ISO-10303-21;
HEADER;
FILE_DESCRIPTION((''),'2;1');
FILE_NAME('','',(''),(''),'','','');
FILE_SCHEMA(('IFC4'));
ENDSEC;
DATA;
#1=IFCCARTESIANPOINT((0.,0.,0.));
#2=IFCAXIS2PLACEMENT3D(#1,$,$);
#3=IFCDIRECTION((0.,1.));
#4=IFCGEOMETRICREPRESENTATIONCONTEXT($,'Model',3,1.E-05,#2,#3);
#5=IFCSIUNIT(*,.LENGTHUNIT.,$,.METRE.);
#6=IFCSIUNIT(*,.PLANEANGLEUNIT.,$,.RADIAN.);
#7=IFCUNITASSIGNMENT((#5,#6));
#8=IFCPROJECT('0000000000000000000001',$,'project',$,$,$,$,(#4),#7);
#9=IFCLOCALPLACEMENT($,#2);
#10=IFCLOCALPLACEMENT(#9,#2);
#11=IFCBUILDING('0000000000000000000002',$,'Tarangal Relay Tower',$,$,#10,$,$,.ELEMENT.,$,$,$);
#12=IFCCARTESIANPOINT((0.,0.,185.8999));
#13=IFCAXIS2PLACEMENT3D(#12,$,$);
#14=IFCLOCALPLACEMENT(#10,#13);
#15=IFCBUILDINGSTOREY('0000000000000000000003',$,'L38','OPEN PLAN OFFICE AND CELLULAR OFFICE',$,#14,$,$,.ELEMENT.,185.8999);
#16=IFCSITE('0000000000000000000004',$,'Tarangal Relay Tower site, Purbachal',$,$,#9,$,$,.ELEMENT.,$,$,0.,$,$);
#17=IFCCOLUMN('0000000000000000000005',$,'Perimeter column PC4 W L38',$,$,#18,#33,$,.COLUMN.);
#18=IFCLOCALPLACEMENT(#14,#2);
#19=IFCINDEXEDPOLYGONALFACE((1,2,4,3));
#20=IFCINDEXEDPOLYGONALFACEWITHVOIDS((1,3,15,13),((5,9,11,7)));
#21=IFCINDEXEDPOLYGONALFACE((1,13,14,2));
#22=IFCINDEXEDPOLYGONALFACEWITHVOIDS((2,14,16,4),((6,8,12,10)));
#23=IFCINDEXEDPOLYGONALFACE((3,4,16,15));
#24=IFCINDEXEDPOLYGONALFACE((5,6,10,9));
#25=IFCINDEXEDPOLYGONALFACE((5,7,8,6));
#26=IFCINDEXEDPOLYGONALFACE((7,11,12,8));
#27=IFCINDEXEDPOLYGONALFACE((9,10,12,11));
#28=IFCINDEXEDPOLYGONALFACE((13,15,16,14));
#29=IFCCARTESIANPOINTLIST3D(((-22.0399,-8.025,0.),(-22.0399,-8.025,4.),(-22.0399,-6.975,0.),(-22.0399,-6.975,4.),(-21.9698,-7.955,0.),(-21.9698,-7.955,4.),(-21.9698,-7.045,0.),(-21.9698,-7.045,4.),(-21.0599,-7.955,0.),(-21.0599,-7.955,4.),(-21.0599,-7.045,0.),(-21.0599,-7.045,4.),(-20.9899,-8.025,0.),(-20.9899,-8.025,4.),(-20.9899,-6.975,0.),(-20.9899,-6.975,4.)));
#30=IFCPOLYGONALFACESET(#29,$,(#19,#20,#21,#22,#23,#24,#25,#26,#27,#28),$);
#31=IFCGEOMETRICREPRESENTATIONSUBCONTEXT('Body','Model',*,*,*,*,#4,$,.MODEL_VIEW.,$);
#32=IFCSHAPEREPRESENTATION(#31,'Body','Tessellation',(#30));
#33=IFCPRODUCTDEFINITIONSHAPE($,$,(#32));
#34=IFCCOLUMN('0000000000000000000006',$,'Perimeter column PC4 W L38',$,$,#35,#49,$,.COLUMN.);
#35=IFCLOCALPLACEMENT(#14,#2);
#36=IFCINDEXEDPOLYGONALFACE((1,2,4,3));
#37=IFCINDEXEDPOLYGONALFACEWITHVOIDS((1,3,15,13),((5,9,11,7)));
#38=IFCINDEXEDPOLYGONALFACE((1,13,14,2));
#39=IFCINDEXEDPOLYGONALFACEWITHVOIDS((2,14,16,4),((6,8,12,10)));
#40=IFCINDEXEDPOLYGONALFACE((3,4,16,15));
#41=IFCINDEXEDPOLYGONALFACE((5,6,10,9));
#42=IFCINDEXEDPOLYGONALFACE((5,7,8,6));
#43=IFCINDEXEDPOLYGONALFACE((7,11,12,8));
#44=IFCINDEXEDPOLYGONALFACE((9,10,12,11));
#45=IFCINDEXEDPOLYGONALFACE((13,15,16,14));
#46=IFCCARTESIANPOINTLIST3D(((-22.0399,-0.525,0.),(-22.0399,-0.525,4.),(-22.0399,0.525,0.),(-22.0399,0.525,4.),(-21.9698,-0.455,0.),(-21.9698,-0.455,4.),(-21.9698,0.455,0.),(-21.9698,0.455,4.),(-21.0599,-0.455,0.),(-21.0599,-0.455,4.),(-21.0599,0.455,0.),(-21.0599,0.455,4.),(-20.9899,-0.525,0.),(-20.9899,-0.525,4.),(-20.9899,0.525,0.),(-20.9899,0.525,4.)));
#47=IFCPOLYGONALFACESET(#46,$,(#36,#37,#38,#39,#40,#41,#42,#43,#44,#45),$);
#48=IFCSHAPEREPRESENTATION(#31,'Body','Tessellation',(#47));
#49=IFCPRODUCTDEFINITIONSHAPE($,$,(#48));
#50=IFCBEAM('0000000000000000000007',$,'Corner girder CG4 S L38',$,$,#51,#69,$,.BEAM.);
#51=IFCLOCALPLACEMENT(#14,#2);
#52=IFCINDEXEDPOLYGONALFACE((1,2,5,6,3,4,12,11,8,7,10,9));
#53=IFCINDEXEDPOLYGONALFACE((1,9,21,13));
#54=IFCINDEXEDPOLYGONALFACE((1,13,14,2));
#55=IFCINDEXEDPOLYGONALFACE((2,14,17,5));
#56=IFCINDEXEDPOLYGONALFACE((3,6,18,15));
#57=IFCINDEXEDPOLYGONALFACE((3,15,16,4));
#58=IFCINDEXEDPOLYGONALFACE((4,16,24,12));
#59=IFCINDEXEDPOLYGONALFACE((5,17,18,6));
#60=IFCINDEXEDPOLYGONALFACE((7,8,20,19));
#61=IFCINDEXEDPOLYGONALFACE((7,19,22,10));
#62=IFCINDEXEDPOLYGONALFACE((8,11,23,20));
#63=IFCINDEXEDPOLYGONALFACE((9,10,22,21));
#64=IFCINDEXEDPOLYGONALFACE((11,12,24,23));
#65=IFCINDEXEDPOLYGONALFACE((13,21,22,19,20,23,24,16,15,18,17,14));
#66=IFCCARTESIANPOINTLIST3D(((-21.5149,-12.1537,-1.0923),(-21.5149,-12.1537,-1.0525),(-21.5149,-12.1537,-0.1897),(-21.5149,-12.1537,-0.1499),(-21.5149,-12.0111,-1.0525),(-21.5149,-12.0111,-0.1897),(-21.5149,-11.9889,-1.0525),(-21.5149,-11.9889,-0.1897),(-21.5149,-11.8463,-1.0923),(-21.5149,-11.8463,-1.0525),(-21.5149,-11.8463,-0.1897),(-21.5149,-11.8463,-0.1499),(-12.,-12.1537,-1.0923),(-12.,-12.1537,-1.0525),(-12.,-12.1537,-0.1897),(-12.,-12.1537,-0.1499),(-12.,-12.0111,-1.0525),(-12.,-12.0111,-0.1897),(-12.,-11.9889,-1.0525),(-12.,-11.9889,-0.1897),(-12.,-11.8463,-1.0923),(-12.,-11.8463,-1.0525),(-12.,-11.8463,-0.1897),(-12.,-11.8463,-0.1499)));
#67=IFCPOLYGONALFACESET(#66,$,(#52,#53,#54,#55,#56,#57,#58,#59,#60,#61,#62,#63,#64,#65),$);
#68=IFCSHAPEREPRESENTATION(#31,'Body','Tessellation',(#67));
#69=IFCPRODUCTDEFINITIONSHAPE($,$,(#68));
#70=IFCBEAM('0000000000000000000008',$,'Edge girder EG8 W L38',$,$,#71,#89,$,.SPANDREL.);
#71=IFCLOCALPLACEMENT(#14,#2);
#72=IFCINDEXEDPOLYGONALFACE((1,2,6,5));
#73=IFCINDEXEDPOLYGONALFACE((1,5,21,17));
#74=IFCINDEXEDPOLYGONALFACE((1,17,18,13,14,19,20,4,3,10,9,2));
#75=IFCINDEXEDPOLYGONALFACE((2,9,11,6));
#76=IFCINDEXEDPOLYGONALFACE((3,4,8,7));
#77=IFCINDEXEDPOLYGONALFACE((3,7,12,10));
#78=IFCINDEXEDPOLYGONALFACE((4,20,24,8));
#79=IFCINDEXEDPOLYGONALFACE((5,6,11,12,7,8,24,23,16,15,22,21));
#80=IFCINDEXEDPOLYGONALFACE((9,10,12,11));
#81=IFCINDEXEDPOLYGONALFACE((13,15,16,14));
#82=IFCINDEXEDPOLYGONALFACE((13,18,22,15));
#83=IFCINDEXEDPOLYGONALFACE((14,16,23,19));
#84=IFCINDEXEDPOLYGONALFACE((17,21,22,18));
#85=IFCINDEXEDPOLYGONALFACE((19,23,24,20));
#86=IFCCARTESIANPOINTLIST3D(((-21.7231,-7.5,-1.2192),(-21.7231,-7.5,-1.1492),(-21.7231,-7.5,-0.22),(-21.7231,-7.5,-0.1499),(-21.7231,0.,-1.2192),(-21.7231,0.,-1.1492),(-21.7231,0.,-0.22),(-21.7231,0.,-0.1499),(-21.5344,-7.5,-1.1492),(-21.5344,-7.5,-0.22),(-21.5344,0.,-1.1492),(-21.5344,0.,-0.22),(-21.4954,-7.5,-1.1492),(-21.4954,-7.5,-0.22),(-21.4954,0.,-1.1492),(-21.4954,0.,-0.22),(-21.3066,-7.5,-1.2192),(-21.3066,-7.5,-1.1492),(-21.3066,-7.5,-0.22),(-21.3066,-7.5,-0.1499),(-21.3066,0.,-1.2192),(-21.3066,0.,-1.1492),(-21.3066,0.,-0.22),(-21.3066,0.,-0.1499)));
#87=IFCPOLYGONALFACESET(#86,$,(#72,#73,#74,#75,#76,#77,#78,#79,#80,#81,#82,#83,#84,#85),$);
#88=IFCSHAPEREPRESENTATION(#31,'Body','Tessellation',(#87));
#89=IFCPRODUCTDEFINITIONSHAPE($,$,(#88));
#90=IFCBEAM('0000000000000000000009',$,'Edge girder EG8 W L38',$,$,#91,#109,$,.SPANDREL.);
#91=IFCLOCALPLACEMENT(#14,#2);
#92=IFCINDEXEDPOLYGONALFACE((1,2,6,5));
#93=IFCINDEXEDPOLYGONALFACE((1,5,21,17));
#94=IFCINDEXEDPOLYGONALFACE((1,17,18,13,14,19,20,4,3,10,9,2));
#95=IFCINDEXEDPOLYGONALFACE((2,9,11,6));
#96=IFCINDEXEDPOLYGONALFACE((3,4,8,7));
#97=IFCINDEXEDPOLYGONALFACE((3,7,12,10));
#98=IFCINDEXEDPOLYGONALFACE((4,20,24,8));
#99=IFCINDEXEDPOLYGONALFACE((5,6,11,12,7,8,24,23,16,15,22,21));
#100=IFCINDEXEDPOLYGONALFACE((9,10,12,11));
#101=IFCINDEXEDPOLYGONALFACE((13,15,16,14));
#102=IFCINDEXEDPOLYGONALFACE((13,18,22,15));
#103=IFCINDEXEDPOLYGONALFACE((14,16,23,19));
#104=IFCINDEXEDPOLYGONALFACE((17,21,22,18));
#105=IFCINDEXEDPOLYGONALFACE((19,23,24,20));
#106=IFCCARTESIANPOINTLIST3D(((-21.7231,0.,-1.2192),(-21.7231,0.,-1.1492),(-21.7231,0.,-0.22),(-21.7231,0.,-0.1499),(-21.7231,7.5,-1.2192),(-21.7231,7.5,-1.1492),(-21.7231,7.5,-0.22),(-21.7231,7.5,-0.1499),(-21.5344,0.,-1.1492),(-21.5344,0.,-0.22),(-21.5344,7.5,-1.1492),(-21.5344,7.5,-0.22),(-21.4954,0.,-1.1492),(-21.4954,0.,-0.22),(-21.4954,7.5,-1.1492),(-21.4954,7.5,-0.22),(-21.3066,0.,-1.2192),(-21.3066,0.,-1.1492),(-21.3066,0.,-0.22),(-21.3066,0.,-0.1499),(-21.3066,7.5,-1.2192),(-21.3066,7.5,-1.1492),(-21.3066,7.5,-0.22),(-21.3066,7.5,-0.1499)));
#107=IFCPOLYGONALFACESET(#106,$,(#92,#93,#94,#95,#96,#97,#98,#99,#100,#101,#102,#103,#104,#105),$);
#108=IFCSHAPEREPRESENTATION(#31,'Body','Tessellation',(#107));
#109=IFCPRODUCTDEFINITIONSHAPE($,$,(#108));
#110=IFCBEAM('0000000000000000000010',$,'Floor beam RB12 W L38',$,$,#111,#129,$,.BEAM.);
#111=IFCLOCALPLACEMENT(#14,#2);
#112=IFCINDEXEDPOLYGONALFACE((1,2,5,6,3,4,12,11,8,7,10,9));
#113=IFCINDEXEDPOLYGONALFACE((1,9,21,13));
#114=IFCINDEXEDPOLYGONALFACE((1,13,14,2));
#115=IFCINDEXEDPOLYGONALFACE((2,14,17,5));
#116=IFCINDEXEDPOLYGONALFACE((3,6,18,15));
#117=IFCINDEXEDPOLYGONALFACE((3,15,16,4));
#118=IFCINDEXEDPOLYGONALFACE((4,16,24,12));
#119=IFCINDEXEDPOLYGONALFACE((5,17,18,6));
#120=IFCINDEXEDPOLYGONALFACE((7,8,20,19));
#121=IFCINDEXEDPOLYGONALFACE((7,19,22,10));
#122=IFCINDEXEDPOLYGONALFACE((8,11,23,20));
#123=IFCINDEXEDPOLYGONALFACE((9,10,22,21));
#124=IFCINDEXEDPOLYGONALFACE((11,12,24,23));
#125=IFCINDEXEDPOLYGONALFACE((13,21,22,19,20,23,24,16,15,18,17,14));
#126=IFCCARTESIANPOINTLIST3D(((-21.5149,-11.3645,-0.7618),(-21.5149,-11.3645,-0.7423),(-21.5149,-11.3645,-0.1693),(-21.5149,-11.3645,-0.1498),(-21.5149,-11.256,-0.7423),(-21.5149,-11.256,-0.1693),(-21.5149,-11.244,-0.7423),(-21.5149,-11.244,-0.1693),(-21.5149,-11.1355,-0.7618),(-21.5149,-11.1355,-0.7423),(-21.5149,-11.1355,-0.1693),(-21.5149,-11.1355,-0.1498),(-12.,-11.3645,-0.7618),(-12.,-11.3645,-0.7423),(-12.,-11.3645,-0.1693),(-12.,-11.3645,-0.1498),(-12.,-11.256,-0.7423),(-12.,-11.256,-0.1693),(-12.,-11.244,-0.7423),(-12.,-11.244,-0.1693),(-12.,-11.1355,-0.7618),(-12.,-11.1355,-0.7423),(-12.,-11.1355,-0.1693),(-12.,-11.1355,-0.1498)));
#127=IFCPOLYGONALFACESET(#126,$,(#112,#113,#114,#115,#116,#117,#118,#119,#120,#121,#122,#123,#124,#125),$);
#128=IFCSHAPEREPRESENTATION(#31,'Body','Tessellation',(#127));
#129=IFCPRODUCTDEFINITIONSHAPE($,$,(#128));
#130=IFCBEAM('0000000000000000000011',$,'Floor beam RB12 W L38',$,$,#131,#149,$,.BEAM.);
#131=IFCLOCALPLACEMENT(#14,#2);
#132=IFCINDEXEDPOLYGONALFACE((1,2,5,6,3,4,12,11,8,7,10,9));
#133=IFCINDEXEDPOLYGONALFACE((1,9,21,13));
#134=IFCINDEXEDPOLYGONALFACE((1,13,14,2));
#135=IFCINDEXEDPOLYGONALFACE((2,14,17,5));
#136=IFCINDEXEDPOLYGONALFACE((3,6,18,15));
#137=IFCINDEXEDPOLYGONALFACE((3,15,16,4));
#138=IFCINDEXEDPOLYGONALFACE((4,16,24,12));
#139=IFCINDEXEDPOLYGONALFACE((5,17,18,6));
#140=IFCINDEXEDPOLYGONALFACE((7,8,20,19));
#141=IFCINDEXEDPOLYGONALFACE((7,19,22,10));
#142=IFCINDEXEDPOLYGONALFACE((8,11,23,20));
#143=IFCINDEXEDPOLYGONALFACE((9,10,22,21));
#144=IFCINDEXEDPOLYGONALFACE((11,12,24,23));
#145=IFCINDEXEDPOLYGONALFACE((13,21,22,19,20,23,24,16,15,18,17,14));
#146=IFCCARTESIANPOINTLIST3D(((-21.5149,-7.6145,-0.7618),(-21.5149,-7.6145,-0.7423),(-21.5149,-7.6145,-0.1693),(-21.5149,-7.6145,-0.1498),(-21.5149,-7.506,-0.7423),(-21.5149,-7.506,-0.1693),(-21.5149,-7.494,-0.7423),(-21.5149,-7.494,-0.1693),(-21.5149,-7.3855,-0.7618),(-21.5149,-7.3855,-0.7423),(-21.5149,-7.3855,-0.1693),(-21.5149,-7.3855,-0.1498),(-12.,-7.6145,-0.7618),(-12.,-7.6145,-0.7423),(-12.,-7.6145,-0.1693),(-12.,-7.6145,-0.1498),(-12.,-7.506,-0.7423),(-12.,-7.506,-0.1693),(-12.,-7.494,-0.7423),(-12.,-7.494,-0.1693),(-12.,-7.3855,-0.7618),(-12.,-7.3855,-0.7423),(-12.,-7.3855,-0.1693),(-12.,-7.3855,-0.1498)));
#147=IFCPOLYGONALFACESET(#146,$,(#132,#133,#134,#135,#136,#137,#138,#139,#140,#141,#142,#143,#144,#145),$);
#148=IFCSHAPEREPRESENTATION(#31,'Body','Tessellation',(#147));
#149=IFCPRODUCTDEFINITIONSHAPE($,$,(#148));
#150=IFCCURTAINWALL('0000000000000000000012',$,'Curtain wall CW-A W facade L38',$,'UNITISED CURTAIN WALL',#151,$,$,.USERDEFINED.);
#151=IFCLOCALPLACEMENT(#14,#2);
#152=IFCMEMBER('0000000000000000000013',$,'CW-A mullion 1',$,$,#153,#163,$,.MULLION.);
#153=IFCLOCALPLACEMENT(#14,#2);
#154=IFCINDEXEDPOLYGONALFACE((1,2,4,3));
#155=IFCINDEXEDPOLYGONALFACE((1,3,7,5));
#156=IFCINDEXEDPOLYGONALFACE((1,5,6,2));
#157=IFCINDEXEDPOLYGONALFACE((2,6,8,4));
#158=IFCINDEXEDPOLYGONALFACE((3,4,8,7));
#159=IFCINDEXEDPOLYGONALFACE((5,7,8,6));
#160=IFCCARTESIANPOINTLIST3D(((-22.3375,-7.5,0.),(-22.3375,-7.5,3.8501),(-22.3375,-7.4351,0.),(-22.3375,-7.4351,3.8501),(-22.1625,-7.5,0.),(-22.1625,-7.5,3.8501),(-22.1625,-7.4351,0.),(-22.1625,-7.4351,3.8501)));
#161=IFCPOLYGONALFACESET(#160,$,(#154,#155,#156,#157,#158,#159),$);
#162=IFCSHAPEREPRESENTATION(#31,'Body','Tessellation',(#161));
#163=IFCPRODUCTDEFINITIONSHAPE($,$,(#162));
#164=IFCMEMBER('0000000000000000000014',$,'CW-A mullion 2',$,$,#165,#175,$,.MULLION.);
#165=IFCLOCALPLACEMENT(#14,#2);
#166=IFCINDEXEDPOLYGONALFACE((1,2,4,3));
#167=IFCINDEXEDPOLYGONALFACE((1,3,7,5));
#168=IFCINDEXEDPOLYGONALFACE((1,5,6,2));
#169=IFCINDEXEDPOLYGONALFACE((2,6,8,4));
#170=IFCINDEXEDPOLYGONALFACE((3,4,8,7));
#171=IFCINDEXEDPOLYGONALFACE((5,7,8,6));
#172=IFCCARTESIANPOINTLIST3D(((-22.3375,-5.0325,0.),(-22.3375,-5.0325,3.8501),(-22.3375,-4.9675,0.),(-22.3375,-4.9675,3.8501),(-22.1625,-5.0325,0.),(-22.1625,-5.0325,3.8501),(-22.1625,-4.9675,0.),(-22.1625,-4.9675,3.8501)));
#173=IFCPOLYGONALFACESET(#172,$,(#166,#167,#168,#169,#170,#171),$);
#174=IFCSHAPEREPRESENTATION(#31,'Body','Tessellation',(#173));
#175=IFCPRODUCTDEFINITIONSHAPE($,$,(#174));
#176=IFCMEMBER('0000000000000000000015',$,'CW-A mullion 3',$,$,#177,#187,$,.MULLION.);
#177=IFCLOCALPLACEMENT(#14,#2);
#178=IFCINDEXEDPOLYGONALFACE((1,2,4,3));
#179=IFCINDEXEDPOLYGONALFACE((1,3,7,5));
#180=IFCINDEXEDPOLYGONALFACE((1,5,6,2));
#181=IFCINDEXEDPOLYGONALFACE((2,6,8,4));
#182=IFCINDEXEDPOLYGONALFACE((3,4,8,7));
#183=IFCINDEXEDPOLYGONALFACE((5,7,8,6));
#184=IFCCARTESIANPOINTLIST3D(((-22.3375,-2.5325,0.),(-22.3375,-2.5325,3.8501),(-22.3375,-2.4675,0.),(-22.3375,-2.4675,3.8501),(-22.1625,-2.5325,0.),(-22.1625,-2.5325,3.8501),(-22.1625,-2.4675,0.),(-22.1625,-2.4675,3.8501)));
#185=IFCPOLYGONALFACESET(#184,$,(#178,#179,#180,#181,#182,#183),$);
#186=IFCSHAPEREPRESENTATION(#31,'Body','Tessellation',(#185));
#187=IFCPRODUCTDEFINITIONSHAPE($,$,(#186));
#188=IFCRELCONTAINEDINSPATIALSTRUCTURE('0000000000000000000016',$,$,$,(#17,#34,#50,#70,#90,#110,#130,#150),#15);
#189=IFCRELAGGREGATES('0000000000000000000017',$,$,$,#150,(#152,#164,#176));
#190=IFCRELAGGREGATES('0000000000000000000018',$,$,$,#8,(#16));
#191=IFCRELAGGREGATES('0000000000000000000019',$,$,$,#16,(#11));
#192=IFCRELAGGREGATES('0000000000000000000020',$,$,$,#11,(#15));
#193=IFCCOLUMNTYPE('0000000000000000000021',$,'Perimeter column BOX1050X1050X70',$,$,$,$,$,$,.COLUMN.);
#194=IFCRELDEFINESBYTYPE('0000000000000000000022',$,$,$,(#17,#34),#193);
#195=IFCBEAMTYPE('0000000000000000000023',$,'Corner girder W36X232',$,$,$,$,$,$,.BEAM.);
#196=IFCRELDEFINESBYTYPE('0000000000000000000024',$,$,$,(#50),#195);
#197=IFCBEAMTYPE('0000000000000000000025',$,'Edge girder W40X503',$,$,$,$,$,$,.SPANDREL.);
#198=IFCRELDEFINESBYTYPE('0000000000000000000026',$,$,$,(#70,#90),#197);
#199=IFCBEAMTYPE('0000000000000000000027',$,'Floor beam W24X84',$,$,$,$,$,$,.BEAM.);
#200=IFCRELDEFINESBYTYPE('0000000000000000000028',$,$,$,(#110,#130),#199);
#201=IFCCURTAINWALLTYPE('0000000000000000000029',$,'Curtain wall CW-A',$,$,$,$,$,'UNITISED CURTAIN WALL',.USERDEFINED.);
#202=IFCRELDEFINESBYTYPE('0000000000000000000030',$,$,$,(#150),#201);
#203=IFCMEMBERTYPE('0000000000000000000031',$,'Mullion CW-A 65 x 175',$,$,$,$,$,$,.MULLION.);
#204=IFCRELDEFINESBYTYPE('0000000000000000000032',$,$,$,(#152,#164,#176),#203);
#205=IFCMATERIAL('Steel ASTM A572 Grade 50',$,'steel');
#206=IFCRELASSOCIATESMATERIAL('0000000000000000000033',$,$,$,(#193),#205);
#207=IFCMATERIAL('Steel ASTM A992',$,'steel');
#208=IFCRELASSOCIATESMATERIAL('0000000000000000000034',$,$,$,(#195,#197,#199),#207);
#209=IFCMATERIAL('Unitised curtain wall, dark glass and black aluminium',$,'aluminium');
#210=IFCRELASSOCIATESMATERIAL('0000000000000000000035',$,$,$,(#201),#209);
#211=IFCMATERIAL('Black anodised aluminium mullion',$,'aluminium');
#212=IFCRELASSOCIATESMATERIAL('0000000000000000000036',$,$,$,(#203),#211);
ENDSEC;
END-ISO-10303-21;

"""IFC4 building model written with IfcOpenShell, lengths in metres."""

from ifc_helpers import new_model, si_unit, direction, frame, origin, origin_2d, place, context, subcontext, project, spatial, rectangle, hollow_rectangle, i_section, extrude, material, material_profile, profile_set, type_object, element, aggregate, save


model = new_model("IFC4")

# Units and contexts
model_context = context("Model", 3, precision=1e-05, world=origin(), true_north=direction((0.0, 1.0)))
body_context = subcontext(model_context, "Body", "Model", "MODEL_VIEW")
ifc_project = project(units=[si_unit("LENGTHUNIT", "METRE"), si_unit("PLANEANGLEUNIT", "RADIAN")], contexts=[model_context])

# Site, building, storey
site_placement = place(None, origin())
site = spatial("IfcSite", under=ifc_project, at=site_placement, Name="Tarangal Relay Tower site, Purbachal", CompositionType="ELEMENT", RefElevation=0.0)
building_placement = place(site_placement, origin())
building = spatial("IfcBuilding", under=site, at=building_placement, Name="Tarangal Relay Tower", CompositionType="ELEMENT")
storey_placement = place(building_placement, frame((0.0, 0.0, 185.8999)))
storey = spatial("IfcBuildingStorey", under=building, at=storey_placement, Name="L38", Description="OPEN PLAN OFFICE AND CELLULAR OFFICE", CompositionType="ELEMENT", Elevation=185.8999)

# Columns
ifc_material_1 = material(Name="Steel ASTM A572 Grade 50", Category="steel")
ifc_material_profile_1 = material_profile(ifc_material_1, hollow_rectangle(XDim=1.05, YDim=1.05, WallThickness=0.0701, at=origin_2d()), Name="BOX1050X1050X70")
ifc_profile_set_1 = profile_set([ifc_material_profile_1], Name="Steel ASTM A572 Grade 50")
column_type = type_object("IfcColumnType", Name="Perimeter column BOX1050X1050X70", PredefinedType="COLUMN", material=ifc_profile_set_1)
for number, where, z_axis, x_axis, name in (
    (1, (-21.5149, -7.5, 0.0), (0.0, 0.0, 1.0), (1.0, 0.0, 0.0), "Perimeter column PC4 W L38"),
    (2, (-21.5149, 0.0, 0.0), (0.0, 0.0, 1.0), (1.0, 0.0, 0.0), "Perimeter column PC4 W L38"),
):
    element("IfcColumn", number, at=place(storey_placement, frame(where, z_axis=z_axis, x_axis=x_axis)), inside=storey, type_object=column_type, Name=name, PredefinedType="COLUMN", context=body_context, shape_type="SweptSolid", body=[
        extrude(hollow_rectangle(XDim=1.05, YDim=1.05, WallThickness=0.0701, at=origin_2d()), origin(), (0.0, 0.0, 1.0), 4.0),
    ])

# Beams
ifc_material_2 = material(Name="Steel ASTM A992", Category="steel")
ifc_material_profile_2 = material_profile(ifc_material_2, i_section(OverallWidth=0.3074, OverallDepth=0.9424, WebThickness=0.0222, FlangeThickness=0.0398, at=origin_2d()), Name="W36X232")
ifc_profile_set_2 = profile_set([ifc_material_profile_2], Name="Steel ASTM A992")
beam_type_1 = type_object("IfcBeamType", Name="Corner girder W36X232", PredefinedType="BEAM", material=ifc_profile_set_2)
beam_placement = place(storey_placement, frame((-12.0, -12.0, -0.6211), z_axis=(-1.0, 0.0, 0.0), x_axis=(0.0, -1.0, 0.0)))
element("IfcBeam", 3, at=beam_placement, inside=storey, type_object=beam_type_1, Name="Corner girder CG4 S L38", PredefinedType="BEAM", context=body_context, shape_type="SweptSolid", body=[
    extrude(i_section(OverallWidth=0.3074, OverallDepth=0.9424, WebThickness=0.0222, FlangeThickness=0.0398, at=origin_2d()), origin(), (0.0, 0.0, 1.0), 9.5149),
])
ifc_material_profile_3 = material_profile(ifc_material_2, i_section(OverallWidth=0.4165, OverallDepth=1.0693, WebThickness=0.0391, FlangeThickness=0.0701, at=origin_2d()), Name="W40X503")
ifc_profile_set_3 = profile_set([ifc_material_profile_3], Name="Steel ASTM A992")
beam_type_2 = type_object("IfcBeamType", Name="Edge girder W40X503", PredefinedType="SPANDREL", material=ifc_profile_set_3)
for number, where, z_axis, x_axis, name in (
    (4, (-21.5149, -7.5, -0.6846), (0.0, 1.0, 0.0), (-1.0, 0.0, 0.0), "Edge girder EG8 W L38"),
    (5, (-21.5149, 0.0, -0.6846), (0.0, 1.0, 0.0), (-1.0, 0.0, 0.0), "Edge girder EG8 W L38"),
):
    element("IfcBeam", number, at=place(storey_placement, frame(where, z_axis=z_axis, x_axis=x_axis)), inside=storey, type_object=beam_type_2, Name=name, PredefinedType="SPANDREL", context=body_context, shape_type="SweptSolid", body=[
        extrude(i_section(OverallWidth=0.4165, OverallDepth=1.0693, WebThickness=0.0391, FlangeThickness=0.0701, at=origin_2d()), origin(), (0.0, 0.0, 1.0), 7.5),
    ])
ifc_material_profile_4 = material_profile(ifc_material_2, i_section(OverallWidth=0.229, OverallDepth=0.6121, WebThickness=0.012, FlangeThickness=0.0195, at=origin_2d()), Name="W24X84")
ifc_profile_set_4 = profile_set([ifc_material_profile_4], Name="Steel ASTM A992")
beam_type_3 = type_object("IfcBeamType", Name="Floor beam W24X84", PredefinedType="BEAM", material=ifc_profile_set_4)
for number, where, z_axis, x_axis, name in (
    (6, (-12.0, -11.25, -0.4558), (-1.0, 0.0, 0.0), (0.0, -1.0, 0.0), "Floor beam RB12 W L38"),
    (7, (-12.0, -7.5, -0.4558), (-1.0, 0.0, 0.0), (0.0, -1.0, 0.0), "Floor beam RB12 W L38"),
):
    element("IfcBeam", number, at=place(storey_placement, frame(where, z_axis=z_axis, x_axis=x_axis)), inside=storey, type_object=beam_type_3, Name=name, PredefinedType="BEAM", context=body_context, shape_type="SweptSolid", body=[
        extrude(i_section(OverallWidth=0.229, OverallDepth=0.6121, WebThickness=0.012, FlangeThickness=0.0195, at=origin_2d()), origin(), (0.0, 0.0, 1.0), 9.5149),
    ])

# Curtain wall, members
ifc_material_3 = material(Name="Unitised curtain wall, dark glass and black aluminium", Category="aluminium")
curtain_wall_type_1 = type_object("IfcCurtainWallType", Name="Curtain wall CW-A", ElementType="UNITISED CURTAIN WALL", PredefinedType="USERDEFINED", material=ifc_material_3)
curtain_wall_1_placement = place(storey_placement, origin())
curtain_wall_1 = element("IfcCurtainWall", 8, at=curtain_wall_1_placement, inside=storey, type_object=curtain_wall_type_1, Name="Curtain wall CW-A W facade L38", ObjectType="UNITISED CURTAIN WALL", PredefinedType="USERDEFINED")
ifc_material_4 = material(Name="Black anodised aluminium mullion", Category="aluminium")
ifc_material_profile_5 = material_profile(ifc_material_4, rectangle(XDim=0.175, YDim=0.0649, at=origin_2d()), Name="CW-AM 65X175")
ifc_profile_set_5 = profile_set([ifc_material_profile_5], Name="Black anodised aluminium mullion")
member_type_1 = type_object("IfcMemberType", Name="Mullion CW-A 65 x 175", PredefinedType="MULLION", material=ifc_profile_set_5)
member_1_placement = place(storey_placement, frame((-22.25, -7.4675, 0.0), z_axis=(0.0, 0.0, 1.0), x_axis=(-1.0, 0.0, 0.0)))
member_1 = element("IfcMember", 9, at=member_1_placement, type_object=member_type_1, Name="CW-A mullion 1", PredefinedType="MULLION", context=body_context, shape_type="SweptSolid", body=[
    extrude(rectangle(XDim=0.175, YDim=0.0649, at=origin_2d()), origin(), (0.0, 0.0, 1.0), 3.8501),
])
member_2_placement = place(storey_placement, frame((-22.25, -5.0, 0.0), z_axis=(0.0, 0.0, 1.0), x_axis=(-1.0, 0.0, 0.0)))
member_2 = element("IfcMember", 10, at=member_2_placement, type_object=member_type_1, Name="CW-A mullion 2", PredefinedType="MULLION", context=body_context, shape_type="SweptSolid", body=[
    extrude(rectangle(XDim=0.175, YDim=0.0649, at=origin_2d()), origin(), (0.0, 0.0, 1.0), 3.8501),
])
member_3_placement = place(storey_placement, frame((-22.25, -2.5, 0.0), z_axis=(0.0, 0.0, 1.0), x_axis=(-1.0, 0.0, 0.0)))
member_3 = element("IfcMember", 11, at=member_3_placement, type_object=member_type_1, Name="CW-A mullion 3", PredefinedType="MULLION", context=body_context, shape_type="SweptSolid", body=[
    extrude(rectangle(XDim=0.175, YDim=0.0649, at=origin_2d()), origin(), (0.0, 0.0, 1.0), 3.8501),
])

aggregate(curtain_wall_1, [member_1, member_2, member_3])

save(model, "model.ifc")
